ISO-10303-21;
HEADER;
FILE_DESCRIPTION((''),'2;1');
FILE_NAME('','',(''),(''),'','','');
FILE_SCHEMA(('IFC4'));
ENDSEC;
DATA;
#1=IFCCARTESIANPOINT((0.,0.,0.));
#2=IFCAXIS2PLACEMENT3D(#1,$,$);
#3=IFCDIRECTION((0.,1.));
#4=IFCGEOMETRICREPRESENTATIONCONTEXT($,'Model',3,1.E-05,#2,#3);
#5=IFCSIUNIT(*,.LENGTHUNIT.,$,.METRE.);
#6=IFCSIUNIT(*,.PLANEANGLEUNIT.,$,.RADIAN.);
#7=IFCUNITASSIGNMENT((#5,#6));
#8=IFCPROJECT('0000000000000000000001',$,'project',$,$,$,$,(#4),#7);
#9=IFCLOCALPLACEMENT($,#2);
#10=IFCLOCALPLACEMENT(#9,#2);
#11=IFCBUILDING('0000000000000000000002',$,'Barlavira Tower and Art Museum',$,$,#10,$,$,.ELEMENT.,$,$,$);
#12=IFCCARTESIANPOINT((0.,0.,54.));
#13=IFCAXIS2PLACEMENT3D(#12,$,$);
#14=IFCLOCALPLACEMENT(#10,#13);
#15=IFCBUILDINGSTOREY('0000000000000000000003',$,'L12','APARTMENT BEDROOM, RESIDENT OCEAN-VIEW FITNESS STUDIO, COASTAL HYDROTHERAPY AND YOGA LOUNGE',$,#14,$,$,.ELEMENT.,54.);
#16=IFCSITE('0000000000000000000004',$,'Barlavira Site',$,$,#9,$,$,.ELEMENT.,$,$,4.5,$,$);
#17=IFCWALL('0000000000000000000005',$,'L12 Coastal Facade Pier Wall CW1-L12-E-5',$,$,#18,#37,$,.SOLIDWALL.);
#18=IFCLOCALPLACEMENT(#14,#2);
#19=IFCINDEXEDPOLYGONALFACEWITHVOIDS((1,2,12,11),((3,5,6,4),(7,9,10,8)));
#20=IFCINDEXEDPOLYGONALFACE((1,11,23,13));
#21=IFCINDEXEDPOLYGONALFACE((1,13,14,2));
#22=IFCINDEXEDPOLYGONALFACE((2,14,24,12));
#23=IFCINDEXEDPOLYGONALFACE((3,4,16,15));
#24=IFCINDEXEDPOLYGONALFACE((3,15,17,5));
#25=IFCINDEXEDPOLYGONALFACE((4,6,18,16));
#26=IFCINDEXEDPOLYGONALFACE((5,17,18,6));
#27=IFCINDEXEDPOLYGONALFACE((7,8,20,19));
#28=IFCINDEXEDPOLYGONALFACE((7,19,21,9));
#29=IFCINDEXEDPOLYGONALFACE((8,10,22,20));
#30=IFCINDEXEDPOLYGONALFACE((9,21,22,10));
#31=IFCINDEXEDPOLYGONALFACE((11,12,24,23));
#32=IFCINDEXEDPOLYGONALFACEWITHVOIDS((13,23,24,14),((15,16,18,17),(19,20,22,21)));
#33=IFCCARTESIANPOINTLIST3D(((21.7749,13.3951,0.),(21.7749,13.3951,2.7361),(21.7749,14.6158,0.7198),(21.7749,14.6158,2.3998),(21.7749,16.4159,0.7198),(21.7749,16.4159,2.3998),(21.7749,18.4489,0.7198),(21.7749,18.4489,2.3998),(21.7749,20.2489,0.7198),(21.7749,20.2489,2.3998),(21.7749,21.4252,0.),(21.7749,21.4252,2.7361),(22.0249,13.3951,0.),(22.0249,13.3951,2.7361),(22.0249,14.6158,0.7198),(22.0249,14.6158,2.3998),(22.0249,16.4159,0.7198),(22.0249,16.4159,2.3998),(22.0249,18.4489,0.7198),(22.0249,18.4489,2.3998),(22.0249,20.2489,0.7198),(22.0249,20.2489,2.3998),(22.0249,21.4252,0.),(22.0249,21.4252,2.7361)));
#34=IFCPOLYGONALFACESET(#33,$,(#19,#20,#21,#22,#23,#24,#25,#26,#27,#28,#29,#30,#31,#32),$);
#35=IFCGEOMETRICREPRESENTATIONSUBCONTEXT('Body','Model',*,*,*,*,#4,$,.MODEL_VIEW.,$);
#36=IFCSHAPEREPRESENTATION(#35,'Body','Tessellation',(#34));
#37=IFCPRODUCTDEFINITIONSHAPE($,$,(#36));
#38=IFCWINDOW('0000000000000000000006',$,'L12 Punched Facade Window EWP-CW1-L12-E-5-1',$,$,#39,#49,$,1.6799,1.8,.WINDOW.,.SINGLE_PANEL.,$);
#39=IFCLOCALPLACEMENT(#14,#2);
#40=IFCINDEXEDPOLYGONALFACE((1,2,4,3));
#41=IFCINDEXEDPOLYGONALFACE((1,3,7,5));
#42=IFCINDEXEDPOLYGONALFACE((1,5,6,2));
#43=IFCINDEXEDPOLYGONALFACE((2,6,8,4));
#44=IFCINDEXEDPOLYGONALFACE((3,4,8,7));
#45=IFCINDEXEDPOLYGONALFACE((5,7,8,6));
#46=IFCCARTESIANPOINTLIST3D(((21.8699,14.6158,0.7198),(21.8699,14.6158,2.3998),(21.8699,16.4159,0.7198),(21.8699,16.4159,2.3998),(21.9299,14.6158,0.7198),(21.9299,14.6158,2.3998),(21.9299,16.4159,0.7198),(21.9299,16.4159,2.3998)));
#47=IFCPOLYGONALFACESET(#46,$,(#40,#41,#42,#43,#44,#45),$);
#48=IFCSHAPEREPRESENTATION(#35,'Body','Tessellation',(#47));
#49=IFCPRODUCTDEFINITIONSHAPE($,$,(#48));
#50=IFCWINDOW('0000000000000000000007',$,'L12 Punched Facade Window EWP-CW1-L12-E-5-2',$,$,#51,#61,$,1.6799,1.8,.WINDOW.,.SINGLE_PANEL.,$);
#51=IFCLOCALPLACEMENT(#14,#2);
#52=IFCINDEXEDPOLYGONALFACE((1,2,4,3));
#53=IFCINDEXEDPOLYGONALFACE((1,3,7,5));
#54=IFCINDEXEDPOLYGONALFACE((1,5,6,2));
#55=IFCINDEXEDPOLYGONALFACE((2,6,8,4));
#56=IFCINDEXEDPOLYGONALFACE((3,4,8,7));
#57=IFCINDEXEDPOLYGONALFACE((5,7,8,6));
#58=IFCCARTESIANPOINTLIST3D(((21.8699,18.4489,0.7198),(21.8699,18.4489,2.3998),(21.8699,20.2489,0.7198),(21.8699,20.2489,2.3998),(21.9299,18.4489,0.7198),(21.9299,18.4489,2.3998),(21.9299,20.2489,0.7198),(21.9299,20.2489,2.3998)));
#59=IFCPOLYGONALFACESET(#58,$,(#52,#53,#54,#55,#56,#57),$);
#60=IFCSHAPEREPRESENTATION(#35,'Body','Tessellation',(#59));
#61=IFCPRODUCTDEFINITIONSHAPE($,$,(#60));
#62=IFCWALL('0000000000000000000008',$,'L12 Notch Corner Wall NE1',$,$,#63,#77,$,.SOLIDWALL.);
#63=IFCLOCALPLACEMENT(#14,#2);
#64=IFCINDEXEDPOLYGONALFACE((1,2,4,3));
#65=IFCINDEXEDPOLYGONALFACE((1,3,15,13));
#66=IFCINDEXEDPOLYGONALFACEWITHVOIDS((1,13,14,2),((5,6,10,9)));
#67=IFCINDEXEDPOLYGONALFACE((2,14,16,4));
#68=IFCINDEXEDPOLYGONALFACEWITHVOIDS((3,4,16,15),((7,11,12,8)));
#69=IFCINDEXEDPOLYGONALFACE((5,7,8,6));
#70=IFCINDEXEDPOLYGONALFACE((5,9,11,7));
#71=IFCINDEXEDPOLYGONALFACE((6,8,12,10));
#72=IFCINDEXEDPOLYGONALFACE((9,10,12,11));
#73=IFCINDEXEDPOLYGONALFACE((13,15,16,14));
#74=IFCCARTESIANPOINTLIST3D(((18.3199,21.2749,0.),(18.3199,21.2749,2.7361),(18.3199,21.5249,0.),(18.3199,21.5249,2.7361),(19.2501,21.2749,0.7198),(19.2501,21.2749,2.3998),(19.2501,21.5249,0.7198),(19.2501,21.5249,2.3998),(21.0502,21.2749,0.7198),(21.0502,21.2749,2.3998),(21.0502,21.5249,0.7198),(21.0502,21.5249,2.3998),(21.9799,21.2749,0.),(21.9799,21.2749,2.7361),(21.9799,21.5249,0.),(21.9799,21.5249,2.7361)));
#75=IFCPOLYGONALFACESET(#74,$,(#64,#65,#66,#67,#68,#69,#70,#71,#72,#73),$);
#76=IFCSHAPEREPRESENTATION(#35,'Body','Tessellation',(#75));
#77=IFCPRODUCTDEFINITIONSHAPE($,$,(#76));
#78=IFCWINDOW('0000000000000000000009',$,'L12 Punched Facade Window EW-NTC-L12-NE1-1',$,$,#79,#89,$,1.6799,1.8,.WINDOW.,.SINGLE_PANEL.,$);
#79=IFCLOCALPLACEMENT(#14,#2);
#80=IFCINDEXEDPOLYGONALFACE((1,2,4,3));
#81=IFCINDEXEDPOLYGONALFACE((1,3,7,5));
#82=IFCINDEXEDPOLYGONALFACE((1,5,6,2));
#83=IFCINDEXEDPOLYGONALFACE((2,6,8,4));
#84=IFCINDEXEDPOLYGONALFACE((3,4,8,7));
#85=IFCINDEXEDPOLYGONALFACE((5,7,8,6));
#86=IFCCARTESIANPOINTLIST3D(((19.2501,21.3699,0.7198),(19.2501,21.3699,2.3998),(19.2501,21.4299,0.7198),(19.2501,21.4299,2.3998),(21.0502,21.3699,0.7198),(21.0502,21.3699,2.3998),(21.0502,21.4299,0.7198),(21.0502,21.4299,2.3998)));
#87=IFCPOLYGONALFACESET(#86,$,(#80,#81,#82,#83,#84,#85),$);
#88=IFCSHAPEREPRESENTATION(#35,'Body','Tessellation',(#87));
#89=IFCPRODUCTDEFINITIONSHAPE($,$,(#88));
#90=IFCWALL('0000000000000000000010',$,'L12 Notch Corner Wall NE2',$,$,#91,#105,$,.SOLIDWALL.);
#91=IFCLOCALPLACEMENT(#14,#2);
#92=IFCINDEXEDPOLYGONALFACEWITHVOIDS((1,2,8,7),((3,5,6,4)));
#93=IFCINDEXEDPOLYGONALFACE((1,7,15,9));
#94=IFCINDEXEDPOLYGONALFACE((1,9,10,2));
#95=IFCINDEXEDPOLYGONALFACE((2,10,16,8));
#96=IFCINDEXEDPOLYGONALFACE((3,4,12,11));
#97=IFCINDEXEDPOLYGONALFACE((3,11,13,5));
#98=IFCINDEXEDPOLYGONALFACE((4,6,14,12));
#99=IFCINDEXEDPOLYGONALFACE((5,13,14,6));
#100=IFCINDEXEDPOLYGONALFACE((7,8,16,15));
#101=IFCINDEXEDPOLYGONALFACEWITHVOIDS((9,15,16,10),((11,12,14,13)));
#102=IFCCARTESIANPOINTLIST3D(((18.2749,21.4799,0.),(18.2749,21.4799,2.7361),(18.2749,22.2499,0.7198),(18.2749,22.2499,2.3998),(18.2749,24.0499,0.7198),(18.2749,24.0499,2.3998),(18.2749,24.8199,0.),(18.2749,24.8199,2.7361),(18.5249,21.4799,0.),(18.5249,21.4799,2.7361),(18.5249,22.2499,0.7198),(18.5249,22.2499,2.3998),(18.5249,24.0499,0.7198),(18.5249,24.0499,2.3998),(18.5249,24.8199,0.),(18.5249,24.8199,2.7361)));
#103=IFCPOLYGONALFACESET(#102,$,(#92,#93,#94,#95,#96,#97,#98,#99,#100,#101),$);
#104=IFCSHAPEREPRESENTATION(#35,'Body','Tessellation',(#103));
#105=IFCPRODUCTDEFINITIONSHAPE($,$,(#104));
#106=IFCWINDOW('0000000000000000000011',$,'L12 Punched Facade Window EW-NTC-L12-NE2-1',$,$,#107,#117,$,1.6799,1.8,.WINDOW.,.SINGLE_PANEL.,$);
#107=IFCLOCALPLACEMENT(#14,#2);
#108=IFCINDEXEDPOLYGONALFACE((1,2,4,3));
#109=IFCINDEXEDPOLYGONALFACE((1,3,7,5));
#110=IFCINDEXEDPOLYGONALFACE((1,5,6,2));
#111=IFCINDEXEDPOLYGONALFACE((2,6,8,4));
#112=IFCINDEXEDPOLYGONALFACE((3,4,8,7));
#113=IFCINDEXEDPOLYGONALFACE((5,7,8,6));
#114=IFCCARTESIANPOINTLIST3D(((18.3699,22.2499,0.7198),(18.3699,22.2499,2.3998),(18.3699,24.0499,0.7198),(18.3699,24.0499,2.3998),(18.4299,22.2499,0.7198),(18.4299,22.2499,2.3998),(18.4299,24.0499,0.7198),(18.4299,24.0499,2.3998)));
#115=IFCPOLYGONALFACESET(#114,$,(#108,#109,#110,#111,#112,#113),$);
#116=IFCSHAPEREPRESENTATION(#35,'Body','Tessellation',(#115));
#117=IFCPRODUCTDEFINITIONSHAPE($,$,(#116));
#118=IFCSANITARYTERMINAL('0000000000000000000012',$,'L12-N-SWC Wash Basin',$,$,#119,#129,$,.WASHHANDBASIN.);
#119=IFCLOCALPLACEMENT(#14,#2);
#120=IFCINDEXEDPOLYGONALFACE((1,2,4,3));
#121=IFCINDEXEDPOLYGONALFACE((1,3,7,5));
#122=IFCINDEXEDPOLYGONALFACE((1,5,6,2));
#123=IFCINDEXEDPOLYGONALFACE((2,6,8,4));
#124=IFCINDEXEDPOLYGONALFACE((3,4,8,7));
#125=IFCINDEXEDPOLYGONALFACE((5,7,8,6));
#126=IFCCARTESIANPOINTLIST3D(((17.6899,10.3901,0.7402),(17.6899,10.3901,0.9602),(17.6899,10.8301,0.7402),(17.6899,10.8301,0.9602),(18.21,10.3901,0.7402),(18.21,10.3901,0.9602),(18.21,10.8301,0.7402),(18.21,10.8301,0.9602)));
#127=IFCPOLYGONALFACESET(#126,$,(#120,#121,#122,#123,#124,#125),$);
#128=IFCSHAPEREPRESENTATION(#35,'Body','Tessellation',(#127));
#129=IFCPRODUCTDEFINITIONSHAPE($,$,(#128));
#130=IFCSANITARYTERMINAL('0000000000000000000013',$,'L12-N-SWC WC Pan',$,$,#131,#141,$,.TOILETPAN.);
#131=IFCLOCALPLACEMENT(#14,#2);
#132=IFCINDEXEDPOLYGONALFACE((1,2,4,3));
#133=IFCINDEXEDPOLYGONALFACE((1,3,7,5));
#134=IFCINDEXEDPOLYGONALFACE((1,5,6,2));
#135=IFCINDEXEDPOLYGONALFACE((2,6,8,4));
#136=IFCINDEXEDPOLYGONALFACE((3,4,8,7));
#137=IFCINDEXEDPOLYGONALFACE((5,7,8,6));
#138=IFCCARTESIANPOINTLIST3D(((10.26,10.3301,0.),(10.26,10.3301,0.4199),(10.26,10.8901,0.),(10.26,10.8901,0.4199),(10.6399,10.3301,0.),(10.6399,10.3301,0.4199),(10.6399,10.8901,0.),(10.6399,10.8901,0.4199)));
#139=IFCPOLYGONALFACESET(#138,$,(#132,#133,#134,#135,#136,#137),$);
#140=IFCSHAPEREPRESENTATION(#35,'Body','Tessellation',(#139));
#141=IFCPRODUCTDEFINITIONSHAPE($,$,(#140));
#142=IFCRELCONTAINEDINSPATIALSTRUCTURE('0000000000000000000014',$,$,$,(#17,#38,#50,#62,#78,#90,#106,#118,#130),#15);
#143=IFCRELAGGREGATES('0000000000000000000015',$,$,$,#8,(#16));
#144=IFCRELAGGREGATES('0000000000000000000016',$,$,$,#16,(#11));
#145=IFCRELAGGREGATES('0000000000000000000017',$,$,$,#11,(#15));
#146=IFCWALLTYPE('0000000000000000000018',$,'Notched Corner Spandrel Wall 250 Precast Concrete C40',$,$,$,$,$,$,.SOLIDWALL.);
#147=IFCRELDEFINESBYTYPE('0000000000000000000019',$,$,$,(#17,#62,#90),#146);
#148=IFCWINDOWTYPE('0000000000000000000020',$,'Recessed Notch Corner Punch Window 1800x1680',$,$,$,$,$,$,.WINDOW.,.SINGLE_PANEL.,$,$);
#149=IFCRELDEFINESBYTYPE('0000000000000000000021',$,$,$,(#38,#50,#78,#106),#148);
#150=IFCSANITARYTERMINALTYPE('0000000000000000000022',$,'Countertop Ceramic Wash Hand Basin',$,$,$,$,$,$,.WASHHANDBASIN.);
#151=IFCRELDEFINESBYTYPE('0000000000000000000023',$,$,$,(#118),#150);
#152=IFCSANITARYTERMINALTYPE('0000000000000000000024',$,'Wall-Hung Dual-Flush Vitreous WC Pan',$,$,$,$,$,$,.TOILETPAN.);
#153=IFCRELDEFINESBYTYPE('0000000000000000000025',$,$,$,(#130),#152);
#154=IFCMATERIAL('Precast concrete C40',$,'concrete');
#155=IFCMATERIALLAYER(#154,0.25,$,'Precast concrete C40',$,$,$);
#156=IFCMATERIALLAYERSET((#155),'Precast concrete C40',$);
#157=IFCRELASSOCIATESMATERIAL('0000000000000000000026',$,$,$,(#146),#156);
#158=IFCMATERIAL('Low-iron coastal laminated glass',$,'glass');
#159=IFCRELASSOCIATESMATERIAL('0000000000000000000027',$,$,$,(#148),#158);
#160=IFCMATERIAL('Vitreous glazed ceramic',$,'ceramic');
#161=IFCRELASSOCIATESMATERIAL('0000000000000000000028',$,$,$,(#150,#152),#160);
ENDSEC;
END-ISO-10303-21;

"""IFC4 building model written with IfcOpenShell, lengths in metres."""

from ifc_helpers import new_model, si_unit, direction, frame, frame_2d, origin, origin_2d, place, context, subcontext, project, spatial, rectangle, extrude, material, layer, layer_set, type_object, element, fill, save


model = new_model("IFC4")

# Units and contexts
model_context = context("Model", 3, precision=1e-05, world=origin(), true_north=direction((0.0, 1.0)))
body_context = subcontext(model_context, "Body", "Model", "MODEL_VIEW")
ifc_project = project(units=[si_unit("LENGTHUNIT", "METRE"), si_unit("PLANEANGLEUNIT", "RADIAN")], contexts=[model_context])

# Site, building, storey
site_placement = place(None, origin())
site = spatial("IfcSite", under=ifc_project, at=site_placement, Name="Barlavira Site", CompositionType="ELEMENT", RefElevation=4.5)
building_placement = place(site_placement, origin())
building = spatial("IfcBuilding", under=site, at=building_placement, Name="Barlavira Tower and Art Museum", CompositionType="ELEMENT")
storey_placement = place(building_placement, frame((0.0, 0.0, 54.0)))
storey = spatial("IfcBuildingStorey", under=building, at=storey_placement, Name="L12", Description="APARTMENT BEDROOM, RESIDENT OCEAN-VIEW FITNESS STUDIO, COASTAL HYDROTHERAPY AND YOGA LOUNGE", CompositionType="ELEMENT", Elevation=54.0)

# Shared definitions
ifc_material_1 = material(Name="Precast concrete C40", Category="concrete")
ifc_layer_1 = layer(ifc_material_1, 0.25, Name="Precast concrete C40")
ifc_layer_set_1 = layer_set([ifc_layer_1], Name="Precast concrete C40")
wall_type_1 = type_object("IfcWallType", Name="Notched Corner Spandrel Wall 250 Precast Concrete C40", PredefinedType="SOLIDWALL", material=ifc_layer_set_1)
ifc_material_2 = material(Name="Low-iron coastal laminated glass", Category="glass")
window_type = type_object("IfcWindowType", Name="Recessed Notch Corner Punch Window 1800x1680", PartitioningType="SINGLE_PANEL", PredefinedType="WINDOW", material=ifc_material_2)

# Wall, openings, windows
wall_1_placement = place(storey_placement, frame((21.8999, 13.395, 0.0), z_axis=(0.0, 0.0, 1.0), x_axis=(0.0, 1.0, 0.0)))
wall_1 = element("IfcWall", 1, at=wall_1_placement, inside=storey, type_object=wall_type_1, Name="L12 Coastal Facade Pier Wall CW1-L12-E-5", PredefinedType="SOLIDWALL", context=body_context, shape_type="SweptSolid", body=[
    extrude(rectangle(XDim=8.03, YDim=0.25, at=frame_2d((4.0151, 0.0))), origin(), (0.0, 0.0, 1.0), 2.7361),
])
opening_1_placement = place(wall_1_placement, frame((1.2209, 0.0, 0.72)))
opening_1 = element("IfcOpeningElement", 2, at=opening_1_placement, cuts=wall_1, PredefinedType="OPENING", context=body_context, shape_type="SweptSolid", body=[
    extrude(rectangle(XDim=1.8, YDim=1.6799, at=frame_2d((0.8999, 0.8398))), frame((0.0, 0.135, 0.0), z_axis=(0.0, -1.0, 0.0), x_axis=(1.0, 0.0, 0.0)), (0.0, 0.0, 1.0), 0.27),
])
opening_2_placement = place(wall_1_placement, frame((5.054, 0.0, 0.72)))
opening_2 = element("IfcOpeningElement", 3, at=opening_2_placement, cuts=wall_1, PredefinedType="OPENING", context=body_context, shape_type="SweptSolid", body=[
    extrude(rectangle(XDim=1.8, YDim=1.6799, at=frame_2d((0.8999, 0.8398))), frame((0.0, 0.135, 0.0), z_axis=(0.0, -1.0, 0.0), x_axis=(1.0, 0.0, 0.0)), (0.0, 0.0, 1.0), 0.27),
])
window_1_placement = place(opening_1_placement, origin())
window_1 = element("IfcWindow", 4, at=window_1_placement, inside=storey, type_object=window_type, Name="L12 Punched Facade Window EWP-CW1-L12-E-5-1", OverallHeight=1.6799, OverallWidth=1.8, PartitioningType="SINGLE_PANEL", PredefinedType="WINDOW", context=body_context, shape_type="SweptSolid", body=[
    extrude(rectangle(XDim=1.8, YDim=1.6799, at=frame_2d((0.8999, 0.8398))), frame((0.0, 0.03, 0.0), z_axis=(0.0, -1.0, 0.0), x_axis=(1.0, 0.0, 0.0)), (0.0, 0.0, 1.0), 0.0601),
])
fill(opening_1, window_1)
window_2_placement = place(opening_2_placement, origin())
window_2 = element("IfcWindow", 5, at=window_2_placement, inside=storey, type_object=window_type, Name="L12 Punched Facade Window EWP-CW1-L12-E-5-2", OverallHeight=1.6799, OverallWidth=1.8, PartitioningType="SINGLE_PANEL", PredefinedType="WINDOW", context=body_context, shape_type="SweptSolid", body=[
    extrude(rectangle(XDim=1.8, YDim=1.6799, at=frame_2d((0.8999, 0.8398))), frame((0.0, 0.03, 0.0), z_axis=(0.0, -1.0, 0.0), x_axis=(1.0, 0.0, 0.0)), (0.0, 0.0, 1.0), 0.0601),
])
fill(opening_2, window_2)

# Walls, openings, windows
wall_2_placement = place(storey_placement, frame((21.98, 21.3999, 0.0), z_axis=(0.0, 0.0, 1.0), x_axis=(-1.0, 0.0, 0.0)))
wall_2 = element("IfcWall", 6, at=wall_2_placement, inside=storey, type_object=wall_type_1, Name="L12 Notch Corner Wall NE1", PredefinedType="SOLIDWALL", context=body_context, shape_type="SweptSolid", body=[
    extrude(rectangle(XDim=3.6599, YDim=0.25, at=frame_2d((1.8301, 0.0))), origin(), (0.0, 0.0, 1.0), 2.7361),
])
opening_3_placement = place(wall_2_placement, frame((0.9299, 0.0, 0.72)))
opening_3 = element("IfcOpeningElement", 7, at=opening_3_placement, cuts=wall_2, PredefinedType="OPENING", context=body_context, shape_type="SweptSolid", body=[
    extrude(rectangle(XDim=1.8, YDim=1.6799, at=frame_2d((0.8999, 0.8398))), frame((0.0, 0.135, 0.0), z_axis=(0.0, -1.0, 0.0), x_axis=(1.0, 0.0, 0.0)), (0.0, 0.0, 1.0), 0.27),
])
window_3_placement = place(opening_3_placement, origin())
window_3 = element("IfcWindow", 8, at=window_3_placement, inside=storey, type_object=window_type, Name="L12 Punched Facade Window EW-NTC-L12-NE1-1", OverallHeight=1.6799, OverallWidth=1.8, PartitioningType="SINGLE_PANEL", PredefinedType="WINDOW", context=body_context, shape_type="SweptSolid", body=[
    extrude(rectangle(XDim=1.8, YDim=1.6799, at=frame_2d((0.8999, 0.8398))), frame((0.0, 0.03, 0.0), z_axis=(0.0, -1.0, 0.0), x_axis=(1.0, 0.0, 0.0)), (0.0, 0.0, 1.0), 0.0601),
])
fill(opening_3, window_3)
wall_3_placement = place(storey_placement, frame((18.3999, 21.48, 0.0), z_axis=(0.0, 0.0, 1.0), x_axis=(0.0, 1.0, 0.0)))
wall_3 = element("IfcWall", 9, at=wall_3_placement, inside=storey, type_object=wall_type_1, Name="L12 Notch Corner Wall NE2", PredefinedType="SOLIDWALL", context=body_context, shape_type="SweptSolid", body=[
    extrude(rectangle(XDim=3.3401, YDim=0.25, at=frame_2d((1.6699, 0.0))), origin(), (0.0, 0.0, 1.0), 2.7361),
])
opening_4_placement = place(wall_3_placement, frame((0.77, 0.0, 0.72)))
opening_4 = element("IfcOpeningElement", 10, at=opening_4_placement, cuts=wall_3, PredefinedType="OPENING", context=body_context, shape_type="SweptSolid", body=[
    extrude(rectangle(XDim=1.8, YDim=1.6799, at=frame_2d((0.8999, 0.8398))), frame((0.0, 0.135, 0.0), z_axis=(0.0, -1.0, 0.0), x_axis=(1.0, 0.0, 0.0)), (0.0, 0.0, 1.0), 0.27),
])
window_4_placement = place(opening_4_placement, origin())
window_4 = element("IfcWindow", 11, at=window_4_placement, inside=storey, type_object=window_type, Name="L12 Punched Facade Window EW-NTC-L12-NE2-1", OverallHeight=1.6799, OverallWidth=1.8, PartitioningType="SINGLE_PANEL", PredefinedType="WINDOW", context=body_context, shape_type="SweptSolid", body=[
    extrude(rectangle(XDim=1.8, YDim=1.6799, at=frame_2d((0.8999, 0.8398))), frame((0.0, 0.03, 0.0), z_axis=(0.0, -1.0, 0.0), x_axis=(1.0, 0.0, 0.0)), (0.0, 0.0, 1.0), 0.0601),
])
fill(opening_4, window_4)

# Sanitary terminals
ifc_material_3 = material(Name="Vitreous glazed ceramic", Category="ceramic")
sanitary_terminal_type_1 = type_object("IfcSanitaryTerminalType", Name="Countertop Ceramic Wash Hand Basin", PredefinedType="WASHHANDBASIN", material=ifc_material_3)
sanitary_terminal_1_placement = place(storey_placement, frame((17.95, 10.6101, 0.7402), z_axis=(0.0, 0.0, 1.0), x_axis=(1.0, 0.0, 0.0)))
element("IfcSanitaryTerminal", 12, at=sanitary_terminal_1_placement, inside=storey, type_object=sanitary_terminal_type_1, Name="L12-N-SWC Wash Basin", PredefinedType="WASHHANDBASIN", context=body_context, shape_type="SweptSolid", body=[
    extrude(rectangle(XDim=0.52, YDim=0.4399, at=origin_2d()), origin(), (0.0, 0.0, 1.0), 0.22),
])
sanitary_terminal_type_2 = type_object("IfcSanitaryTerminalType", Name="Wall-Hung Dual-Flush Vitreous WC Pan", PredefinedType="TOILETPAN", material=ifc_material_3)
sanitary_terminal_2_placement = place(storey_placement, frame((10.45, 10.6101, 0.0), z_axis=(0.0, 0.0, 1.0), x_axis=(1.0, 0.0, 0.0)))
element("IfcSanitaryTerminal", 13, at=sanitary_terminal_2_placement, inside=storey, type_object=sanitary_terminal_type_2, Name="L12-N-SWC WC Pan", PredefinedType="TOILETPAN", context=body_context, shape_type="SweptSolid", body=[
    extrude(rectangle(XDim=0.3799, YDim=0.5601, at=origin_2d()), origin(), (0.0, 0.0, 1.0), 0.4199),
])

save(model, "model.ifc")
